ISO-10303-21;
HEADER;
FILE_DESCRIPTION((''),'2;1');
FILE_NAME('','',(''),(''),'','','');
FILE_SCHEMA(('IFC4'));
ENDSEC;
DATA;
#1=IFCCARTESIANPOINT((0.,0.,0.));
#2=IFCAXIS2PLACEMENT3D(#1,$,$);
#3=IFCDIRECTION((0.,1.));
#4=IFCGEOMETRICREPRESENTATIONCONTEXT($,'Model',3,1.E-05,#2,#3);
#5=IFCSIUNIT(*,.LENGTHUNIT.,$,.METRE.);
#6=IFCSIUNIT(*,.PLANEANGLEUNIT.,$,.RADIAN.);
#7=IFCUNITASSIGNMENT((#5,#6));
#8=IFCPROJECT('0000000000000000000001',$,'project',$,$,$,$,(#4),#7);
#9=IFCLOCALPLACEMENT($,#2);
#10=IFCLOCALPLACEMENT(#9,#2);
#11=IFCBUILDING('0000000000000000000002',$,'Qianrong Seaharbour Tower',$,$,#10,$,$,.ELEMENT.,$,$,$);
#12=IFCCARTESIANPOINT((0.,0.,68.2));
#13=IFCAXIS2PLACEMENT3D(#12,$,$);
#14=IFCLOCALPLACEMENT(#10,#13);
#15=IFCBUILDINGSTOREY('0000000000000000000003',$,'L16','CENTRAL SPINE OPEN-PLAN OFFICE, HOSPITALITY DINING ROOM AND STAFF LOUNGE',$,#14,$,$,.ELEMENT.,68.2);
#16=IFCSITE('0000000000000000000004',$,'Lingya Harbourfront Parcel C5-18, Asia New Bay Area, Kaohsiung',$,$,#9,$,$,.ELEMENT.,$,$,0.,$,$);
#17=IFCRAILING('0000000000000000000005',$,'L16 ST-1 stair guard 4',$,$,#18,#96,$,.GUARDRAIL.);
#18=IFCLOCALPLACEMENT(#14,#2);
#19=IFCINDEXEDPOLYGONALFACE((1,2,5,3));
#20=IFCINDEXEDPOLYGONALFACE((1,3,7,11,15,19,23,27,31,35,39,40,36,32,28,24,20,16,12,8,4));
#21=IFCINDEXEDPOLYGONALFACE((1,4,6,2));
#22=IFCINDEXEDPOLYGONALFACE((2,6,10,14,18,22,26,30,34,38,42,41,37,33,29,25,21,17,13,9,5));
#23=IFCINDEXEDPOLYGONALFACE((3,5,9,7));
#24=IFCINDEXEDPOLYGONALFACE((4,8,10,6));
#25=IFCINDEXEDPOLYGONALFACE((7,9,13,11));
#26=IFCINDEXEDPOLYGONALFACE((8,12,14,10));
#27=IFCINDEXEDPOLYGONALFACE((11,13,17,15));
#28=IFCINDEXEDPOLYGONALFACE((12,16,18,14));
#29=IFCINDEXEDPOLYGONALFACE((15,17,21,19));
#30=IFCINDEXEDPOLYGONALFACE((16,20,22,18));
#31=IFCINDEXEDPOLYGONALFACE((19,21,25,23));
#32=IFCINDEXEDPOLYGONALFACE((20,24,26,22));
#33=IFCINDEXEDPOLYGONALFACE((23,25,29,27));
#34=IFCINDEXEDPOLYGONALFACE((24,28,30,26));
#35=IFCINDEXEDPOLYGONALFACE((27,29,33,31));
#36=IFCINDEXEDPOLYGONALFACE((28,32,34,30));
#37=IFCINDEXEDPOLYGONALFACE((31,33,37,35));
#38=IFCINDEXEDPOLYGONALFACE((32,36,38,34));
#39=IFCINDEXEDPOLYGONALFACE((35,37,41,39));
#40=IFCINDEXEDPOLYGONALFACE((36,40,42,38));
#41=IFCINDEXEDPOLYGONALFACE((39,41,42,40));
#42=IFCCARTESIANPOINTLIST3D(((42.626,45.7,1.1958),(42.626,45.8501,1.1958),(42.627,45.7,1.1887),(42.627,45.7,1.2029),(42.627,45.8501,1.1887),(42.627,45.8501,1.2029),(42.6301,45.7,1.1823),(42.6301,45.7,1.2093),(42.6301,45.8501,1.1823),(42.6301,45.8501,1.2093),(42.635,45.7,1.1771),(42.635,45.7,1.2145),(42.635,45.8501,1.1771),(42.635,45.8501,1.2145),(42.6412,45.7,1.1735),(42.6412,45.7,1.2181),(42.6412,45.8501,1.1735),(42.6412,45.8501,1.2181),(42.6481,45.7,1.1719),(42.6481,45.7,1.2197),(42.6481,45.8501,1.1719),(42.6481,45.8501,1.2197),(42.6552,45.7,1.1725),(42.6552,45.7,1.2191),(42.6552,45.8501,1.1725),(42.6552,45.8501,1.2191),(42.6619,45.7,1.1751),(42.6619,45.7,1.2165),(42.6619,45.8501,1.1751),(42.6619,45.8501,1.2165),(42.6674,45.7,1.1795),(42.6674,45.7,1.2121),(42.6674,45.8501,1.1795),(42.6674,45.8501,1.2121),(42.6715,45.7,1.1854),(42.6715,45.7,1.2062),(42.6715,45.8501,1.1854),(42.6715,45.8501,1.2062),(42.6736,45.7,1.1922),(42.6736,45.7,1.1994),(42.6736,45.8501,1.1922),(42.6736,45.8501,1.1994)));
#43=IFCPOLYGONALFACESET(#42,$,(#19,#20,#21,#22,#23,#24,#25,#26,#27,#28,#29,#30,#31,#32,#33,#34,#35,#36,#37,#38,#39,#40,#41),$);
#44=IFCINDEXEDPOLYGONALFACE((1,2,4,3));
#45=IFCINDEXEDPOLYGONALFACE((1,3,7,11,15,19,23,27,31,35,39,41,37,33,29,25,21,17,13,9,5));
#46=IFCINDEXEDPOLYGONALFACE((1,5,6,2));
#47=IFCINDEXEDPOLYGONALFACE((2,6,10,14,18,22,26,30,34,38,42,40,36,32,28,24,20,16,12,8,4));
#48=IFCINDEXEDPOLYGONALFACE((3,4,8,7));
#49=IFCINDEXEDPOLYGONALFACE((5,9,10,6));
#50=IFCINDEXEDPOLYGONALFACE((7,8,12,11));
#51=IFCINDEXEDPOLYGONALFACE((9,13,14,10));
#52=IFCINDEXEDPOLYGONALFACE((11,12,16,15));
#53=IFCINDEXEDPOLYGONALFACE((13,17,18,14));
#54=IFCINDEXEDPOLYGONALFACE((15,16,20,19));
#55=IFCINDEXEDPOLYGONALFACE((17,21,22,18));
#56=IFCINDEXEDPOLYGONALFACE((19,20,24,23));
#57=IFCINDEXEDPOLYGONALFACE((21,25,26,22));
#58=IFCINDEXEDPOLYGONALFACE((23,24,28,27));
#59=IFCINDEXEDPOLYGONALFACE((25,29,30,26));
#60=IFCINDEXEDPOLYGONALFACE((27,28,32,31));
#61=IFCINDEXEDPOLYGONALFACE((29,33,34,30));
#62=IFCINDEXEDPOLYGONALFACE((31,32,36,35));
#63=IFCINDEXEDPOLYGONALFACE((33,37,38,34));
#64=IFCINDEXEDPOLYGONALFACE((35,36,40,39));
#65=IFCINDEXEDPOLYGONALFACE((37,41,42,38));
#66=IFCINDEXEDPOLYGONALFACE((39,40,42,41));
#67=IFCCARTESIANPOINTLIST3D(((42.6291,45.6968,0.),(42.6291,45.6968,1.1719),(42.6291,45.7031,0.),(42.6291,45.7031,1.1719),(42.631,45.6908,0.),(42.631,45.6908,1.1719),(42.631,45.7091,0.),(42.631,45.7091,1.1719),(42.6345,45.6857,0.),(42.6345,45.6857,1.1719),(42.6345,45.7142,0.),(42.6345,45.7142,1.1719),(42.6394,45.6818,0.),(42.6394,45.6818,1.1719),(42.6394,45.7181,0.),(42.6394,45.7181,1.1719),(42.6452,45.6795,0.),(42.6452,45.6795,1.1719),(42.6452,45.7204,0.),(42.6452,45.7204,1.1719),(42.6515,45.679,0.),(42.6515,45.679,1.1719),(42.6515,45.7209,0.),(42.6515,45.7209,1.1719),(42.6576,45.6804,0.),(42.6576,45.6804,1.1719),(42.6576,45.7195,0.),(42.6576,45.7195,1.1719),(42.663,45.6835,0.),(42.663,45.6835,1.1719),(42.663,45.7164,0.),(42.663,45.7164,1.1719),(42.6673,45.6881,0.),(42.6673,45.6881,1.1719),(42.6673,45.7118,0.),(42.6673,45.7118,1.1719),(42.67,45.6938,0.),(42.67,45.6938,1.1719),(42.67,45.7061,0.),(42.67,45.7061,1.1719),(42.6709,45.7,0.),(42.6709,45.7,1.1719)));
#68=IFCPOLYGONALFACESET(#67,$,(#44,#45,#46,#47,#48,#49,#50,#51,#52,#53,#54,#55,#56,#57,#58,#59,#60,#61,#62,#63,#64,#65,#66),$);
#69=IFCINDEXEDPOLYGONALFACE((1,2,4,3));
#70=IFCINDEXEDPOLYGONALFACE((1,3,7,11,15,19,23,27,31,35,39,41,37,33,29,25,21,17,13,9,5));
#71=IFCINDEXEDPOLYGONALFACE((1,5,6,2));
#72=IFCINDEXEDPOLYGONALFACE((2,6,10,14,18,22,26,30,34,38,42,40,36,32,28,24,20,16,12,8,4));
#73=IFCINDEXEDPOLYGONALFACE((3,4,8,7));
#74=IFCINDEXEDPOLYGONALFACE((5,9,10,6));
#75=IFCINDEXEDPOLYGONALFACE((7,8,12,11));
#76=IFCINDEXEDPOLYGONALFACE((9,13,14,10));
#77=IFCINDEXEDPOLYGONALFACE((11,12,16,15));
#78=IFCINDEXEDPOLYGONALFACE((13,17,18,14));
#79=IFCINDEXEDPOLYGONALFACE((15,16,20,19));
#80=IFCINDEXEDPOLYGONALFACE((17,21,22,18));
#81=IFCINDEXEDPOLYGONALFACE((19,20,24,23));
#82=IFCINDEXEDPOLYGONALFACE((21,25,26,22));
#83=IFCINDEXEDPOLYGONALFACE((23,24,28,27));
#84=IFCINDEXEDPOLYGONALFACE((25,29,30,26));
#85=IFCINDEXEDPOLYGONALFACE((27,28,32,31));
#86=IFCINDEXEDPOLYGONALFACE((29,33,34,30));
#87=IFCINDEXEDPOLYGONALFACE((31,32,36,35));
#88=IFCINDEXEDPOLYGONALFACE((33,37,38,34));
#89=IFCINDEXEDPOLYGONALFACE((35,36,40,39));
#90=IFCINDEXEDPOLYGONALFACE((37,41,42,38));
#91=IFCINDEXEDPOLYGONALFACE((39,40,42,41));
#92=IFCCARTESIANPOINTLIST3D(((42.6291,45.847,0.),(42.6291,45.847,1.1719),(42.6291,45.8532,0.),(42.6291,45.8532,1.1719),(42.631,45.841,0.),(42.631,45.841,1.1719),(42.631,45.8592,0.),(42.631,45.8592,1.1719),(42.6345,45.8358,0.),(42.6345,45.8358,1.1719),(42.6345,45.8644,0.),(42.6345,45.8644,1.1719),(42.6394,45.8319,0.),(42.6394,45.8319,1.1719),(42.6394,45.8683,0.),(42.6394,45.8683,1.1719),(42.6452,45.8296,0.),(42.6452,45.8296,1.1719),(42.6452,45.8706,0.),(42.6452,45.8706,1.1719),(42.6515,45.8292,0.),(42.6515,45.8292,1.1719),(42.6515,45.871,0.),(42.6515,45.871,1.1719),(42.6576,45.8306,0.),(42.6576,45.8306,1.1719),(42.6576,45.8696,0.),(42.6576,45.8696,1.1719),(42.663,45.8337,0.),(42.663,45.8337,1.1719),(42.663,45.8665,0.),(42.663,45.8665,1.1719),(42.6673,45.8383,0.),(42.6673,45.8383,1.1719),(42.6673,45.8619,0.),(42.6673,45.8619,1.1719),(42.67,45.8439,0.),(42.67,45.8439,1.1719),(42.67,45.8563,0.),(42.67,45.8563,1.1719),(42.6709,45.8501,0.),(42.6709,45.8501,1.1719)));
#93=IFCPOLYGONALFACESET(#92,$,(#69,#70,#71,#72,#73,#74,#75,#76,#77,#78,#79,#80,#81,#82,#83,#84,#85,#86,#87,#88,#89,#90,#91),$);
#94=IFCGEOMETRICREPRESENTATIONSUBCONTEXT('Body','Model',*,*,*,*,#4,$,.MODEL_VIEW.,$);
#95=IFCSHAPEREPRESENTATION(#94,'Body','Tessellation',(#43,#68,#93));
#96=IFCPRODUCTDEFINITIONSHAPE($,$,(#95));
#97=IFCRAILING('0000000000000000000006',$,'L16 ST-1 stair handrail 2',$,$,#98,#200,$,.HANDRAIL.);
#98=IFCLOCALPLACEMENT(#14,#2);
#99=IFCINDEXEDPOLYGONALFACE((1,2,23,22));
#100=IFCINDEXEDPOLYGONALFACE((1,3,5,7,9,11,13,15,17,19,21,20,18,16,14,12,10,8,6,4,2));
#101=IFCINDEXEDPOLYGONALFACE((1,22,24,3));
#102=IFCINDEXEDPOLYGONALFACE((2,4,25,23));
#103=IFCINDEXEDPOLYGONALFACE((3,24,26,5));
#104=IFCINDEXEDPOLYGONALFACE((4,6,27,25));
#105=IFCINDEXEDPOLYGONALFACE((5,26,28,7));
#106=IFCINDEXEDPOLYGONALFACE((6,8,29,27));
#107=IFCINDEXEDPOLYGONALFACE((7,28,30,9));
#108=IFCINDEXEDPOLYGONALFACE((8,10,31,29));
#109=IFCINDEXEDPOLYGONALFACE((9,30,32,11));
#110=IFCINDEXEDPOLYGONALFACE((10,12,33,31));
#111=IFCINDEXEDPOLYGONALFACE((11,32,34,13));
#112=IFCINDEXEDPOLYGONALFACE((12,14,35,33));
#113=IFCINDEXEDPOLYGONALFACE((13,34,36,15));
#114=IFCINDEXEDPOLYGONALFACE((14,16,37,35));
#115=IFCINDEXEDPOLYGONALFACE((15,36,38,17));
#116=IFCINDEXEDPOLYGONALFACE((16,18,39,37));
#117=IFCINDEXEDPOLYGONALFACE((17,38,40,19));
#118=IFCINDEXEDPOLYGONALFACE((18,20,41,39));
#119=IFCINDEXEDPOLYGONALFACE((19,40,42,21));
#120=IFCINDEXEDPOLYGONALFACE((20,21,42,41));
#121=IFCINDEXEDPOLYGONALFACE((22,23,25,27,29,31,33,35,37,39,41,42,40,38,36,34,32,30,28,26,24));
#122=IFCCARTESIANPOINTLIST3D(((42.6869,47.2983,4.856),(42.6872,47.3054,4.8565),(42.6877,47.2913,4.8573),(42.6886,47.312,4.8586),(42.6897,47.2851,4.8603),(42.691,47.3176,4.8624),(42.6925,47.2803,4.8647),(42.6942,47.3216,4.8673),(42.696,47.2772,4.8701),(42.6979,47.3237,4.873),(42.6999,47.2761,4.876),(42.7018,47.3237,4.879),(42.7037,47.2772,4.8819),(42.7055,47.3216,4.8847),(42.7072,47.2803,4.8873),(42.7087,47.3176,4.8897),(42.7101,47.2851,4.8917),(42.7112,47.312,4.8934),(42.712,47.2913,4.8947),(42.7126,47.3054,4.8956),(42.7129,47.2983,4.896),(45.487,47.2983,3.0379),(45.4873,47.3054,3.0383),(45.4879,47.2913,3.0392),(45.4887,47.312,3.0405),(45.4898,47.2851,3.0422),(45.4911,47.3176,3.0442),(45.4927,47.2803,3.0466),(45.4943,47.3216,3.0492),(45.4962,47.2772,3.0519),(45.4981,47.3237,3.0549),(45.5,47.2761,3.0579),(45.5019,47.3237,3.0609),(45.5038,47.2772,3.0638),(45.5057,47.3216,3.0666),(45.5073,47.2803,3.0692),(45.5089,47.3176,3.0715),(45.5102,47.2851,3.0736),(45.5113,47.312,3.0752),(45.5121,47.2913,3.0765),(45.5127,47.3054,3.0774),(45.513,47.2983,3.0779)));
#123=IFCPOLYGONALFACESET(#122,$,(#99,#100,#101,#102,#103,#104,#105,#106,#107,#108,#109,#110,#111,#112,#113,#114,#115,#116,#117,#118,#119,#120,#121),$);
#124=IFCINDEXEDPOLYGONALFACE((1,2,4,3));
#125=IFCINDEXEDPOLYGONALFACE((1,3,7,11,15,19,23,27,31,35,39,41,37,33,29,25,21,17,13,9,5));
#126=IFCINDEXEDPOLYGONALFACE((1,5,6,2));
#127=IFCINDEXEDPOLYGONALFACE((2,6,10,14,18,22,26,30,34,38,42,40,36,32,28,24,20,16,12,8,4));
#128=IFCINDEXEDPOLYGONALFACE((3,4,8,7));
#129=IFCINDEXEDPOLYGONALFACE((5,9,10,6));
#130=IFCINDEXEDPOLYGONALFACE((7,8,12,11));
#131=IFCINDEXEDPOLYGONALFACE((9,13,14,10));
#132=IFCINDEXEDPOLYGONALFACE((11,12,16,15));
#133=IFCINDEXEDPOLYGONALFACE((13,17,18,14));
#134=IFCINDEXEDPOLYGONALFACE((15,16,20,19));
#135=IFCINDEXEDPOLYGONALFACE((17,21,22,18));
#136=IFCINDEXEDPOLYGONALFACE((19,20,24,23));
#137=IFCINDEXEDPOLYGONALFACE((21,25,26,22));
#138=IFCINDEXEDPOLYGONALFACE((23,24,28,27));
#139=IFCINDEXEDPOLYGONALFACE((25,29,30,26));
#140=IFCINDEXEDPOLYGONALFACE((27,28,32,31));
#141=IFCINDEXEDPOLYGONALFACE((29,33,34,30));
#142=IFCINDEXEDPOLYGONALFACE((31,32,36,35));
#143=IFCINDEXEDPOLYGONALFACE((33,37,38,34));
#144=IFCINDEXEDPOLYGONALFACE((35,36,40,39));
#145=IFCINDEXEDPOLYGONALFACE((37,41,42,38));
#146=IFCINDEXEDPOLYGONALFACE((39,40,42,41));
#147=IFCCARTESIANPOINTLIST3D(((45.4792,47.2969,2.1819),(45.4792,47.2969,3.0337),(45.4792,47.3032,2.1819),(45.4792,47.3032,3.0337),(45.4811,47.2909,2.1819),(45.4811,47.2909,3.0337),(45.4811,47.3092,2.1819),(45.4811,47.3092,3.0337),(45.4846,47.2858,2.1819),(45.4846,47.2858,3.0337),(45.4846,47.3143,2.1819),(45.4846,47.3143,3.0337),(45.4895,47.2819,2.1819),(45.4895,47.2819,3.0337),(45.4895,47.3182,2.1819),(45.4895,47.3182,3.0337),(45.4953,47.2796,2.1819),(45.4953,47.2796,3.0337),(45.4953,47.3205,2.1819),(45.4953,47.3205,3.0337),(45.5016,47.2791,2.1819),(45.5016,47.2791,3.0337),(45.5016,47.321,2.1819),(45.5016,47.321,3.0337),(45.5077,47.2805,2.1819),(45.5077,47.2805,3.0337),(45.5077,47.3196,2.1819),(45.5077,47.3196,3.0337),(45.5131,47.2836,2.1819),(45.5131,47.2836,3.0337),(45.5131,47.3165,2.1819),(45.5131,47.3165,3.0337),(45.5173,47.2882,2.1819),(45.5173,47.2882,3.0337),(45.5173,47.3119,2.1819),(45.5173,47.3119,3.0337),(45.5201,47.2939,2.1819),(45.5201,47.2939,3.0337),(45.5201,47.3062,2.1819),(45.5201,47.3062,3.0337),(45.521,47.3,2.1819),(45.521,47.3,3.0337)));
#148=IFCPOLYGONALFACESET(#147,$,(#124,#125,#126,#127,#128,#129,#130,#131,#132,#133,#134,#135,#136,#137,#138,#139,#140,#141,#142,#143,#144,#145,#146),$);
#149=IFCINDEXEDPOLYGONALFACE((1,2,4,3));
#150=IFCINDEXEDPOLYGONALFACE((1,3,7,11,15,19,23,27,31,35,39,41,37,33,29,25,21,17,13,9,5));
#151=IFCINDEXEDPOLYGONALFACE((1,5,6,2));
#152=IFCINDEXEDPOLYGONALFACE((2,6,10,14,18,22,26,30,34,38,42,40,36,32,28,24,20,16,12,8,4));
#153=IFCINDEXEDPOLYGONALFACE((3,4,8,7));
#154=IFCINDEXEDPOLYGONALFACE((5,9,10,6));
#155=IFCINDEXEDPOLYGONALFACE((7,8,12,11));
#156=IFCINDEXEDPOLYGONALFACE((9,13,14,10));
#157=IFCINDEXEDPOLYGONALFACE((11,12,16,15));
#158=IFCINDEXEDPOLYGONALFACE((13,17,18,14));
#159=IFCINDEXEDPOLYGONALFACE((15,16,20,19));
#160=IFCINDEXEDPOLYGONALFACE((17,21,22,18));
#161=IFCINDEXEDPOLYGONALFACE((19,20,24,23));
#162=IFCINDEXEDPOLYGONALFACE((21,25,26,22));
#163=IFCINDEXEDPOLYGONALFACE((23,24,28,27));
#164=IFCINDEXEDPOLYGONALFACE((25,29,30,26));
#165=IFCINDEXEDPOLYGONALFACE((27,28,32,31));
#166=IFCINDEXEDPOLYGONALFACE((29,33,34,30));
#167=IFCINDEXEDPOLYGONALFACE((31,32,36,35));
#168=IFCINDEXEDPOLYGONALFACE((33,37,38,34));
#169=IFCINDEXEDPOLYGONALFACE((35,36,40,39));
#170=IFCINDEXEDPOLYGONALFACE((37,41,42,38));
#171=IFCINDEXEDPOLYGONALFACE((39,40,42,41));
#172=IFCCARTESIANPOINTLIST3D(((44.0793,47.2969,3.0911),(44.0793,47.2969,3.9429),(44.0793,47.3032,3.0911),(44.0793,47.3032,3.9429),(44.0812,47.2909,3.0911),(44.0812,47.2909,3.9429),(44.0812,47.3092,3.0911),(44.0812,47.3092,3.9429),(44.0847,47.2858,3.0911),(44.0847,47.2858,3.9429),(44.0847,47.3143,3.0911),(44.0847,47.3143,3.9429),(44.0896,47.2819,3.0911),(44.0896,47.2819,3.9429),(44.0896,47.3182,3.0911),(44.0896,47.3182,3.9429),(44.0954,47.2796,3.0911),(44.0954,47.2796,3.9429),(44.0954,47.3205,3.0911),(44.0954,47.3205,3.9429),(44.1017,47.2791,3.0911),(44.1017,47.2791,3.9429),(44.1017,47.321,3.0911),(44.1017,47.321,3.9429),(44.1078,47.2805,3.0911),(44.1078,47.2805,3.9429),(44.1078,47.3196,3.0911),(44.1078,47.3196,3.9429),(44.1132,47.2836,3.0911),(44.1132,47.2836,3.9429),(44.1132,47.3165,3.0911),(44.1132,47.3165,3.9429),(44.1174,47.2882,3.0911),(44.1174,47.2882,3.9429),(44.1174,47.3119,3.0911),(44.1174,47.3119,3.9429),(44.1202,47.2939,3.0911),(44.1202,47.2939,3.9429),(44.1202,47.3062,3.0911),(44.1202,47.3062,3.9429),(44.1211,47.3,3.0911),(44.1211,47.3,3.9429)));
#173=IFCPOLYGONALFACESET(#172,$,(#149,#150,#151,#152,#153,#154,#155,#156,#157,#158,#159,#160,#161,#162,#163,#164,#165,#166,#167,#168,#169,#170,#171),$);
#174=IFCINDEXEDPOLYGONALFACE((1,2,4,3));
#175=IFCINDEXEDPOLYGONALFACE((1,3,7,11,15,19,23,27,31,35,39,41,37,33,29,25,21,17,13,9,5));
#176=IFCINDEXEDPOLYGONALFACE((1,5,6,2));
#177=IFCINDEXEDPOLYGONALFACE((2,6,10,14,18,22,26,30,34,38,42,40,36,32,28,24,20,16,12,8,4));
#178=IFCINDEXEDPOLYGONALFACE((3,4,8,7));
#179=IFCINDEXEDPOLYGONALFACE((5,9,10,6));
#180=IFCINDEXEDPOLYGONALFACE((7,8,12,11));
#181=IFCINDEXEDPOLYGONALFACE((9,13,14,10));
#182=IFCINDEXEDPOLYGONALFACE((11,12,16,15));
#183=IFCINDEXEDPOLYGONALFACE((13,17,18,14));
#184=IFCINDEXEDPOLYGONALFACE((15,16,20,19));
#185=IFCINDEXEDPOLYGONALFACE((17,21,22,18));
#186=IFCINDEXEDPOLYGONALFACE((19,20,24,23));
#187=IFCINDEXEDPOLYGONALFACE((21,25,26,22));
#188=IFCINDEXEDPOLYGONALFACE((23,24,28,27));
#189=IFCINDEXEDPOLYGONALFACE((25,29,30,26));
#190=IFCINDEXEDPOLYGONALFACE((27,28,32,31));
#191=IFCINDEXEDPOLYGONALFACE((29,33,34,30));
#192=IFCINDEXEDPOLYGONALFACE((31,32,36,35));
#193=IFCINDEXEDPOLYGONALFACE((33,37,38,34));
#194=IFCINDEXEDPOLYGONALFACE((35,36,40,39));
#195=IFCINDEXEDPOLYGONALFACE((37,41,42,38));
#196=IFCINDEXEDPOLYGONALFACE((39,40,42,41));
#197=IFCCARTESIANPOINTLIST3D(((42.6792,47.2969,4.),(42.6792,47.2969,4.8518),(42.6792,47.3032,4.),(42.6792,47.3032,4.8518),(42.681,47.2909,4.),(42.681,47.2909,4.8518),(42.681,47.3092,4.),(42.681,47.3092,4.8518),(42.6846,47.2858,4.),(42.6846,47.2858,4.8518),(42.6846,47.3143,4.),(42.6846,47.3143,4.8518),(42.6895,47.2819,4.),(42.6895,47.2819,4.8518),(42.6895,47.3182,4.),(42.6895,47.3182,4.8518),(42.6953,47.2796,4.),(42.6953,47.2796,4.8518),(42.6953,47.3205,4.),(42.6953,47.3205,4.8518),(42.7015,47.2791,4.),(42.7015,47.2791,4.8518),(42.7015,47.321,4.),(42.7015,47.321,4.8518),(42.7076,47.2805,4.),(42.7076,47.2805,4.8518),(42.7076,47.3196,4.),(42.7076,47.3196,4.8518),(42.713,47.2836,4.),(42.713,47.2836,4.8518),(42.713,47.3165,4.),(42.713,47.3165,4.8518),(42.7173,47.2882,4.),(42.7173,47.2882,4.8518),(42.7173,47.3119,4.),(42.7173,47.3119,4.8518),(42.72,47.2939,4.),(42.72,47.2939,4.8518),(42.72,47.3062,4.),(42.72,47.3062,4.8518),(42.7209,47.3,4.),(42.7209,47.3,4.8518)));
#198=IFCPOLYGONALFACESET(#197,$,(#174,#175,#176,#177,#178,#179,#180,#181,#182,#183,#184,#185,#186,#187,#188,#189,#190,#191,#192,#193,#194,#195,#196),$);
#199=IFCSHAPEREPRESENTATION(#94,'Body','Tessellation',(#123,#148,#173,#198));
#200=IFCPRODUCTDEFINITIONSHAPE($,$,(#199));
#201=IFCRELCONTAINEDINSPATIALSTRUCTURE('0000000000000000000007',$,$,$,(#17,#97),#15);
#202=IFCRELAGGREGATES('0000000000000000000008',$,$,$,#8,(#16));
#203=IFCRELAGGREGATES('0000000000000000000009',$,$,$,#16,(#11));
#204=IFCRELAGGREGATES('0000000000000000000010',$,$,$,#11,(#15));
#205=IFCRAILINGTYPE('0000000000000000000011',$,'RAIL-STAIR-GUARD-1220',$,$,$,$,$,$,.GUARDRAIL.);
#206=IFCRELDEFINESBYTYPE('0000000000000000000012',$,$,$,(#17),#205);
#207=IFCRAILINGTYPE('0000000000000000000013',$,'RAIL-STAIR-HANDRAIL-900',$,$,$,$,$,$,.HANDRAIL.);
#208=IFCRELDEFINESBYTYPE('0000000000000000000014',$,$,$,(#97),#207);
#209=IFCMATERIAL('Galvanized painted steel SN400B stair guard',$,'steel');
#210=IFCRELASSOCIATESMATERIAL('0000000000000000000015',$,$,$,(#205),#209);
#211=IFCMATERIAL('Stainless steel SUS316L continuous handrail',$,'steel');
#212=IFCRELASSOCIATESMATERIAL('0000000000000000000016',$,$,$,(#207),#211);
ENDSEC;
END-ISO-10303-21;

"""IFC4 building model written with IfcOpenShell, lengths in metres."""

from ifc_helpers import new_model, si_unit, direction, frame, origin, origin_2d, place, context, subcontext, project, spatial, circle, extrude, material, type_object, element, save


model = new_model("IFC4")

# Units and contexts
model_context = context("Model", 3, precision=1e-05, world=origin(), true_north=direction((0.0, 1.0)))
body_context = subcontext(model_context, "Body", "Model", "MODEL_VIEW")
ifc_project = project(units=[si_unit("LENGTHUNIT", "METRE"), si_unit("PLANEANGLEUNIT", "RADIAN")], contexts=[model_context])

# Site, building, storey
site_placement = place(None, origin())
site = spatial("IfcSite", under=ifc_project, at=site_placement, Name="Lingya Harbourfront Parcel C5-18, Asia New Bay Area, Kaohsiung", CompositionType="ELEMENT", RefElevation=0.0)
building_placement = place(site_placement, origin())
building = spatial("IfcBuilding", under=site, at=building_placement, Name="Qianrong Seaharbour Tower", CompositionType="ELEMENT")
storey_placement = place(building_placement, frame((0.0, 0.0, 68.2)))
storey = spatial("IfcBuildingStorey", under=building, at=storey_placement, Name="L16", Description="CENTRAL SPINE OPEN-PLAN OFFICE, HOSPITALITY DINING ROOM AND STAFF LOUNGE", CompositionType="ELEMENT", Elevation=68.2)

# Railings
ifc_material_1 = material(Name="Galvanized painted steel SN400B stair guard", Category="steel")
railing_type_1 = type_object("IfcRailingType", Name="RAIL-STAIR-GUARD-1220", PredefinedType="GUARDRAIL", material=ifc_material_1)
railing_1_placement = place(storey_placement, frame((42.6499, 45.7, 0.0)))
element("IfcRailing", 1, at=railing_1_placement, inside=storey, type_object=railing_type_1, Name="L16 ST-1 stair guard 4", PredefinedType="GUARDRAIL", context=body_context, shape_type="SweptSolid", body=[
    extrude(circle(Radius=0.0239, at=origin_2d()), frame((0.0, 0.0, 1.1958), z_axis=(0.0, 1.0, 0.0), x_axis=(-1.0, 0.0, 0.0)), (0.0, 0.0, 1.0), 0.1501),
    extrude(circle(Radius=0.021, at=origin_2d()), origin(), (0.0, 0.0, 1.0), 1.1719),
    extrude(circle(Radius=0.021, at=origin_2d()), frame((0.0, 0.1501, 0.0)), (0.0, 0.0, 1.0), 1.1719),
])
ifc_material_2 = material(Name="Stainless steel SUS316L continuous handrail", Category="steel")
railing_type_2 = type_object("IfcRailingType", Name="RAIL-STAIR-HANDRAIL-900", PredefinedType="HANDRAIL", material=ifc_material_2)
railing_2_placement = place(storey_placement, frame((45.5, 47.3, 2.1819)))
element("IfcRailing", 2, at=railing_2_placement, inside=storey, type_object=railing_type_2, Name="L16 ST-1 stair handrail 2", PredefinedType="HANDRAIL", context=body_context, shape_type="SweptSolid", body=[
    extrude(circle(Radius=0.0239, at=origin_2d()), frame((0.0, 0.0, 0.876), z_axis=(-0.838706, 0.0, 0.544585), x_axis=(0.0, -1.0, 0.0)), (0.0, 0.0, 1.0), 3.3386),
    extrude(circle(Radius=0.021, at=origin_2d()), origin(), (0.0, 0.0, 1.0), 0.8518),
    extrude(circle(Radius=0.021, at=origin_2d()), frame((-1.3999, 0.0, 0.9092)), (0.0, 0.0, 1.0), 0.8518),
    extrude(circle(Radius=0.021, at=origin_2d()), frame((-2.8, 0.0, 1.8181)), (0.0, 0.0, 1.0), 0.8518),
])

save(model, "model.ifc")
